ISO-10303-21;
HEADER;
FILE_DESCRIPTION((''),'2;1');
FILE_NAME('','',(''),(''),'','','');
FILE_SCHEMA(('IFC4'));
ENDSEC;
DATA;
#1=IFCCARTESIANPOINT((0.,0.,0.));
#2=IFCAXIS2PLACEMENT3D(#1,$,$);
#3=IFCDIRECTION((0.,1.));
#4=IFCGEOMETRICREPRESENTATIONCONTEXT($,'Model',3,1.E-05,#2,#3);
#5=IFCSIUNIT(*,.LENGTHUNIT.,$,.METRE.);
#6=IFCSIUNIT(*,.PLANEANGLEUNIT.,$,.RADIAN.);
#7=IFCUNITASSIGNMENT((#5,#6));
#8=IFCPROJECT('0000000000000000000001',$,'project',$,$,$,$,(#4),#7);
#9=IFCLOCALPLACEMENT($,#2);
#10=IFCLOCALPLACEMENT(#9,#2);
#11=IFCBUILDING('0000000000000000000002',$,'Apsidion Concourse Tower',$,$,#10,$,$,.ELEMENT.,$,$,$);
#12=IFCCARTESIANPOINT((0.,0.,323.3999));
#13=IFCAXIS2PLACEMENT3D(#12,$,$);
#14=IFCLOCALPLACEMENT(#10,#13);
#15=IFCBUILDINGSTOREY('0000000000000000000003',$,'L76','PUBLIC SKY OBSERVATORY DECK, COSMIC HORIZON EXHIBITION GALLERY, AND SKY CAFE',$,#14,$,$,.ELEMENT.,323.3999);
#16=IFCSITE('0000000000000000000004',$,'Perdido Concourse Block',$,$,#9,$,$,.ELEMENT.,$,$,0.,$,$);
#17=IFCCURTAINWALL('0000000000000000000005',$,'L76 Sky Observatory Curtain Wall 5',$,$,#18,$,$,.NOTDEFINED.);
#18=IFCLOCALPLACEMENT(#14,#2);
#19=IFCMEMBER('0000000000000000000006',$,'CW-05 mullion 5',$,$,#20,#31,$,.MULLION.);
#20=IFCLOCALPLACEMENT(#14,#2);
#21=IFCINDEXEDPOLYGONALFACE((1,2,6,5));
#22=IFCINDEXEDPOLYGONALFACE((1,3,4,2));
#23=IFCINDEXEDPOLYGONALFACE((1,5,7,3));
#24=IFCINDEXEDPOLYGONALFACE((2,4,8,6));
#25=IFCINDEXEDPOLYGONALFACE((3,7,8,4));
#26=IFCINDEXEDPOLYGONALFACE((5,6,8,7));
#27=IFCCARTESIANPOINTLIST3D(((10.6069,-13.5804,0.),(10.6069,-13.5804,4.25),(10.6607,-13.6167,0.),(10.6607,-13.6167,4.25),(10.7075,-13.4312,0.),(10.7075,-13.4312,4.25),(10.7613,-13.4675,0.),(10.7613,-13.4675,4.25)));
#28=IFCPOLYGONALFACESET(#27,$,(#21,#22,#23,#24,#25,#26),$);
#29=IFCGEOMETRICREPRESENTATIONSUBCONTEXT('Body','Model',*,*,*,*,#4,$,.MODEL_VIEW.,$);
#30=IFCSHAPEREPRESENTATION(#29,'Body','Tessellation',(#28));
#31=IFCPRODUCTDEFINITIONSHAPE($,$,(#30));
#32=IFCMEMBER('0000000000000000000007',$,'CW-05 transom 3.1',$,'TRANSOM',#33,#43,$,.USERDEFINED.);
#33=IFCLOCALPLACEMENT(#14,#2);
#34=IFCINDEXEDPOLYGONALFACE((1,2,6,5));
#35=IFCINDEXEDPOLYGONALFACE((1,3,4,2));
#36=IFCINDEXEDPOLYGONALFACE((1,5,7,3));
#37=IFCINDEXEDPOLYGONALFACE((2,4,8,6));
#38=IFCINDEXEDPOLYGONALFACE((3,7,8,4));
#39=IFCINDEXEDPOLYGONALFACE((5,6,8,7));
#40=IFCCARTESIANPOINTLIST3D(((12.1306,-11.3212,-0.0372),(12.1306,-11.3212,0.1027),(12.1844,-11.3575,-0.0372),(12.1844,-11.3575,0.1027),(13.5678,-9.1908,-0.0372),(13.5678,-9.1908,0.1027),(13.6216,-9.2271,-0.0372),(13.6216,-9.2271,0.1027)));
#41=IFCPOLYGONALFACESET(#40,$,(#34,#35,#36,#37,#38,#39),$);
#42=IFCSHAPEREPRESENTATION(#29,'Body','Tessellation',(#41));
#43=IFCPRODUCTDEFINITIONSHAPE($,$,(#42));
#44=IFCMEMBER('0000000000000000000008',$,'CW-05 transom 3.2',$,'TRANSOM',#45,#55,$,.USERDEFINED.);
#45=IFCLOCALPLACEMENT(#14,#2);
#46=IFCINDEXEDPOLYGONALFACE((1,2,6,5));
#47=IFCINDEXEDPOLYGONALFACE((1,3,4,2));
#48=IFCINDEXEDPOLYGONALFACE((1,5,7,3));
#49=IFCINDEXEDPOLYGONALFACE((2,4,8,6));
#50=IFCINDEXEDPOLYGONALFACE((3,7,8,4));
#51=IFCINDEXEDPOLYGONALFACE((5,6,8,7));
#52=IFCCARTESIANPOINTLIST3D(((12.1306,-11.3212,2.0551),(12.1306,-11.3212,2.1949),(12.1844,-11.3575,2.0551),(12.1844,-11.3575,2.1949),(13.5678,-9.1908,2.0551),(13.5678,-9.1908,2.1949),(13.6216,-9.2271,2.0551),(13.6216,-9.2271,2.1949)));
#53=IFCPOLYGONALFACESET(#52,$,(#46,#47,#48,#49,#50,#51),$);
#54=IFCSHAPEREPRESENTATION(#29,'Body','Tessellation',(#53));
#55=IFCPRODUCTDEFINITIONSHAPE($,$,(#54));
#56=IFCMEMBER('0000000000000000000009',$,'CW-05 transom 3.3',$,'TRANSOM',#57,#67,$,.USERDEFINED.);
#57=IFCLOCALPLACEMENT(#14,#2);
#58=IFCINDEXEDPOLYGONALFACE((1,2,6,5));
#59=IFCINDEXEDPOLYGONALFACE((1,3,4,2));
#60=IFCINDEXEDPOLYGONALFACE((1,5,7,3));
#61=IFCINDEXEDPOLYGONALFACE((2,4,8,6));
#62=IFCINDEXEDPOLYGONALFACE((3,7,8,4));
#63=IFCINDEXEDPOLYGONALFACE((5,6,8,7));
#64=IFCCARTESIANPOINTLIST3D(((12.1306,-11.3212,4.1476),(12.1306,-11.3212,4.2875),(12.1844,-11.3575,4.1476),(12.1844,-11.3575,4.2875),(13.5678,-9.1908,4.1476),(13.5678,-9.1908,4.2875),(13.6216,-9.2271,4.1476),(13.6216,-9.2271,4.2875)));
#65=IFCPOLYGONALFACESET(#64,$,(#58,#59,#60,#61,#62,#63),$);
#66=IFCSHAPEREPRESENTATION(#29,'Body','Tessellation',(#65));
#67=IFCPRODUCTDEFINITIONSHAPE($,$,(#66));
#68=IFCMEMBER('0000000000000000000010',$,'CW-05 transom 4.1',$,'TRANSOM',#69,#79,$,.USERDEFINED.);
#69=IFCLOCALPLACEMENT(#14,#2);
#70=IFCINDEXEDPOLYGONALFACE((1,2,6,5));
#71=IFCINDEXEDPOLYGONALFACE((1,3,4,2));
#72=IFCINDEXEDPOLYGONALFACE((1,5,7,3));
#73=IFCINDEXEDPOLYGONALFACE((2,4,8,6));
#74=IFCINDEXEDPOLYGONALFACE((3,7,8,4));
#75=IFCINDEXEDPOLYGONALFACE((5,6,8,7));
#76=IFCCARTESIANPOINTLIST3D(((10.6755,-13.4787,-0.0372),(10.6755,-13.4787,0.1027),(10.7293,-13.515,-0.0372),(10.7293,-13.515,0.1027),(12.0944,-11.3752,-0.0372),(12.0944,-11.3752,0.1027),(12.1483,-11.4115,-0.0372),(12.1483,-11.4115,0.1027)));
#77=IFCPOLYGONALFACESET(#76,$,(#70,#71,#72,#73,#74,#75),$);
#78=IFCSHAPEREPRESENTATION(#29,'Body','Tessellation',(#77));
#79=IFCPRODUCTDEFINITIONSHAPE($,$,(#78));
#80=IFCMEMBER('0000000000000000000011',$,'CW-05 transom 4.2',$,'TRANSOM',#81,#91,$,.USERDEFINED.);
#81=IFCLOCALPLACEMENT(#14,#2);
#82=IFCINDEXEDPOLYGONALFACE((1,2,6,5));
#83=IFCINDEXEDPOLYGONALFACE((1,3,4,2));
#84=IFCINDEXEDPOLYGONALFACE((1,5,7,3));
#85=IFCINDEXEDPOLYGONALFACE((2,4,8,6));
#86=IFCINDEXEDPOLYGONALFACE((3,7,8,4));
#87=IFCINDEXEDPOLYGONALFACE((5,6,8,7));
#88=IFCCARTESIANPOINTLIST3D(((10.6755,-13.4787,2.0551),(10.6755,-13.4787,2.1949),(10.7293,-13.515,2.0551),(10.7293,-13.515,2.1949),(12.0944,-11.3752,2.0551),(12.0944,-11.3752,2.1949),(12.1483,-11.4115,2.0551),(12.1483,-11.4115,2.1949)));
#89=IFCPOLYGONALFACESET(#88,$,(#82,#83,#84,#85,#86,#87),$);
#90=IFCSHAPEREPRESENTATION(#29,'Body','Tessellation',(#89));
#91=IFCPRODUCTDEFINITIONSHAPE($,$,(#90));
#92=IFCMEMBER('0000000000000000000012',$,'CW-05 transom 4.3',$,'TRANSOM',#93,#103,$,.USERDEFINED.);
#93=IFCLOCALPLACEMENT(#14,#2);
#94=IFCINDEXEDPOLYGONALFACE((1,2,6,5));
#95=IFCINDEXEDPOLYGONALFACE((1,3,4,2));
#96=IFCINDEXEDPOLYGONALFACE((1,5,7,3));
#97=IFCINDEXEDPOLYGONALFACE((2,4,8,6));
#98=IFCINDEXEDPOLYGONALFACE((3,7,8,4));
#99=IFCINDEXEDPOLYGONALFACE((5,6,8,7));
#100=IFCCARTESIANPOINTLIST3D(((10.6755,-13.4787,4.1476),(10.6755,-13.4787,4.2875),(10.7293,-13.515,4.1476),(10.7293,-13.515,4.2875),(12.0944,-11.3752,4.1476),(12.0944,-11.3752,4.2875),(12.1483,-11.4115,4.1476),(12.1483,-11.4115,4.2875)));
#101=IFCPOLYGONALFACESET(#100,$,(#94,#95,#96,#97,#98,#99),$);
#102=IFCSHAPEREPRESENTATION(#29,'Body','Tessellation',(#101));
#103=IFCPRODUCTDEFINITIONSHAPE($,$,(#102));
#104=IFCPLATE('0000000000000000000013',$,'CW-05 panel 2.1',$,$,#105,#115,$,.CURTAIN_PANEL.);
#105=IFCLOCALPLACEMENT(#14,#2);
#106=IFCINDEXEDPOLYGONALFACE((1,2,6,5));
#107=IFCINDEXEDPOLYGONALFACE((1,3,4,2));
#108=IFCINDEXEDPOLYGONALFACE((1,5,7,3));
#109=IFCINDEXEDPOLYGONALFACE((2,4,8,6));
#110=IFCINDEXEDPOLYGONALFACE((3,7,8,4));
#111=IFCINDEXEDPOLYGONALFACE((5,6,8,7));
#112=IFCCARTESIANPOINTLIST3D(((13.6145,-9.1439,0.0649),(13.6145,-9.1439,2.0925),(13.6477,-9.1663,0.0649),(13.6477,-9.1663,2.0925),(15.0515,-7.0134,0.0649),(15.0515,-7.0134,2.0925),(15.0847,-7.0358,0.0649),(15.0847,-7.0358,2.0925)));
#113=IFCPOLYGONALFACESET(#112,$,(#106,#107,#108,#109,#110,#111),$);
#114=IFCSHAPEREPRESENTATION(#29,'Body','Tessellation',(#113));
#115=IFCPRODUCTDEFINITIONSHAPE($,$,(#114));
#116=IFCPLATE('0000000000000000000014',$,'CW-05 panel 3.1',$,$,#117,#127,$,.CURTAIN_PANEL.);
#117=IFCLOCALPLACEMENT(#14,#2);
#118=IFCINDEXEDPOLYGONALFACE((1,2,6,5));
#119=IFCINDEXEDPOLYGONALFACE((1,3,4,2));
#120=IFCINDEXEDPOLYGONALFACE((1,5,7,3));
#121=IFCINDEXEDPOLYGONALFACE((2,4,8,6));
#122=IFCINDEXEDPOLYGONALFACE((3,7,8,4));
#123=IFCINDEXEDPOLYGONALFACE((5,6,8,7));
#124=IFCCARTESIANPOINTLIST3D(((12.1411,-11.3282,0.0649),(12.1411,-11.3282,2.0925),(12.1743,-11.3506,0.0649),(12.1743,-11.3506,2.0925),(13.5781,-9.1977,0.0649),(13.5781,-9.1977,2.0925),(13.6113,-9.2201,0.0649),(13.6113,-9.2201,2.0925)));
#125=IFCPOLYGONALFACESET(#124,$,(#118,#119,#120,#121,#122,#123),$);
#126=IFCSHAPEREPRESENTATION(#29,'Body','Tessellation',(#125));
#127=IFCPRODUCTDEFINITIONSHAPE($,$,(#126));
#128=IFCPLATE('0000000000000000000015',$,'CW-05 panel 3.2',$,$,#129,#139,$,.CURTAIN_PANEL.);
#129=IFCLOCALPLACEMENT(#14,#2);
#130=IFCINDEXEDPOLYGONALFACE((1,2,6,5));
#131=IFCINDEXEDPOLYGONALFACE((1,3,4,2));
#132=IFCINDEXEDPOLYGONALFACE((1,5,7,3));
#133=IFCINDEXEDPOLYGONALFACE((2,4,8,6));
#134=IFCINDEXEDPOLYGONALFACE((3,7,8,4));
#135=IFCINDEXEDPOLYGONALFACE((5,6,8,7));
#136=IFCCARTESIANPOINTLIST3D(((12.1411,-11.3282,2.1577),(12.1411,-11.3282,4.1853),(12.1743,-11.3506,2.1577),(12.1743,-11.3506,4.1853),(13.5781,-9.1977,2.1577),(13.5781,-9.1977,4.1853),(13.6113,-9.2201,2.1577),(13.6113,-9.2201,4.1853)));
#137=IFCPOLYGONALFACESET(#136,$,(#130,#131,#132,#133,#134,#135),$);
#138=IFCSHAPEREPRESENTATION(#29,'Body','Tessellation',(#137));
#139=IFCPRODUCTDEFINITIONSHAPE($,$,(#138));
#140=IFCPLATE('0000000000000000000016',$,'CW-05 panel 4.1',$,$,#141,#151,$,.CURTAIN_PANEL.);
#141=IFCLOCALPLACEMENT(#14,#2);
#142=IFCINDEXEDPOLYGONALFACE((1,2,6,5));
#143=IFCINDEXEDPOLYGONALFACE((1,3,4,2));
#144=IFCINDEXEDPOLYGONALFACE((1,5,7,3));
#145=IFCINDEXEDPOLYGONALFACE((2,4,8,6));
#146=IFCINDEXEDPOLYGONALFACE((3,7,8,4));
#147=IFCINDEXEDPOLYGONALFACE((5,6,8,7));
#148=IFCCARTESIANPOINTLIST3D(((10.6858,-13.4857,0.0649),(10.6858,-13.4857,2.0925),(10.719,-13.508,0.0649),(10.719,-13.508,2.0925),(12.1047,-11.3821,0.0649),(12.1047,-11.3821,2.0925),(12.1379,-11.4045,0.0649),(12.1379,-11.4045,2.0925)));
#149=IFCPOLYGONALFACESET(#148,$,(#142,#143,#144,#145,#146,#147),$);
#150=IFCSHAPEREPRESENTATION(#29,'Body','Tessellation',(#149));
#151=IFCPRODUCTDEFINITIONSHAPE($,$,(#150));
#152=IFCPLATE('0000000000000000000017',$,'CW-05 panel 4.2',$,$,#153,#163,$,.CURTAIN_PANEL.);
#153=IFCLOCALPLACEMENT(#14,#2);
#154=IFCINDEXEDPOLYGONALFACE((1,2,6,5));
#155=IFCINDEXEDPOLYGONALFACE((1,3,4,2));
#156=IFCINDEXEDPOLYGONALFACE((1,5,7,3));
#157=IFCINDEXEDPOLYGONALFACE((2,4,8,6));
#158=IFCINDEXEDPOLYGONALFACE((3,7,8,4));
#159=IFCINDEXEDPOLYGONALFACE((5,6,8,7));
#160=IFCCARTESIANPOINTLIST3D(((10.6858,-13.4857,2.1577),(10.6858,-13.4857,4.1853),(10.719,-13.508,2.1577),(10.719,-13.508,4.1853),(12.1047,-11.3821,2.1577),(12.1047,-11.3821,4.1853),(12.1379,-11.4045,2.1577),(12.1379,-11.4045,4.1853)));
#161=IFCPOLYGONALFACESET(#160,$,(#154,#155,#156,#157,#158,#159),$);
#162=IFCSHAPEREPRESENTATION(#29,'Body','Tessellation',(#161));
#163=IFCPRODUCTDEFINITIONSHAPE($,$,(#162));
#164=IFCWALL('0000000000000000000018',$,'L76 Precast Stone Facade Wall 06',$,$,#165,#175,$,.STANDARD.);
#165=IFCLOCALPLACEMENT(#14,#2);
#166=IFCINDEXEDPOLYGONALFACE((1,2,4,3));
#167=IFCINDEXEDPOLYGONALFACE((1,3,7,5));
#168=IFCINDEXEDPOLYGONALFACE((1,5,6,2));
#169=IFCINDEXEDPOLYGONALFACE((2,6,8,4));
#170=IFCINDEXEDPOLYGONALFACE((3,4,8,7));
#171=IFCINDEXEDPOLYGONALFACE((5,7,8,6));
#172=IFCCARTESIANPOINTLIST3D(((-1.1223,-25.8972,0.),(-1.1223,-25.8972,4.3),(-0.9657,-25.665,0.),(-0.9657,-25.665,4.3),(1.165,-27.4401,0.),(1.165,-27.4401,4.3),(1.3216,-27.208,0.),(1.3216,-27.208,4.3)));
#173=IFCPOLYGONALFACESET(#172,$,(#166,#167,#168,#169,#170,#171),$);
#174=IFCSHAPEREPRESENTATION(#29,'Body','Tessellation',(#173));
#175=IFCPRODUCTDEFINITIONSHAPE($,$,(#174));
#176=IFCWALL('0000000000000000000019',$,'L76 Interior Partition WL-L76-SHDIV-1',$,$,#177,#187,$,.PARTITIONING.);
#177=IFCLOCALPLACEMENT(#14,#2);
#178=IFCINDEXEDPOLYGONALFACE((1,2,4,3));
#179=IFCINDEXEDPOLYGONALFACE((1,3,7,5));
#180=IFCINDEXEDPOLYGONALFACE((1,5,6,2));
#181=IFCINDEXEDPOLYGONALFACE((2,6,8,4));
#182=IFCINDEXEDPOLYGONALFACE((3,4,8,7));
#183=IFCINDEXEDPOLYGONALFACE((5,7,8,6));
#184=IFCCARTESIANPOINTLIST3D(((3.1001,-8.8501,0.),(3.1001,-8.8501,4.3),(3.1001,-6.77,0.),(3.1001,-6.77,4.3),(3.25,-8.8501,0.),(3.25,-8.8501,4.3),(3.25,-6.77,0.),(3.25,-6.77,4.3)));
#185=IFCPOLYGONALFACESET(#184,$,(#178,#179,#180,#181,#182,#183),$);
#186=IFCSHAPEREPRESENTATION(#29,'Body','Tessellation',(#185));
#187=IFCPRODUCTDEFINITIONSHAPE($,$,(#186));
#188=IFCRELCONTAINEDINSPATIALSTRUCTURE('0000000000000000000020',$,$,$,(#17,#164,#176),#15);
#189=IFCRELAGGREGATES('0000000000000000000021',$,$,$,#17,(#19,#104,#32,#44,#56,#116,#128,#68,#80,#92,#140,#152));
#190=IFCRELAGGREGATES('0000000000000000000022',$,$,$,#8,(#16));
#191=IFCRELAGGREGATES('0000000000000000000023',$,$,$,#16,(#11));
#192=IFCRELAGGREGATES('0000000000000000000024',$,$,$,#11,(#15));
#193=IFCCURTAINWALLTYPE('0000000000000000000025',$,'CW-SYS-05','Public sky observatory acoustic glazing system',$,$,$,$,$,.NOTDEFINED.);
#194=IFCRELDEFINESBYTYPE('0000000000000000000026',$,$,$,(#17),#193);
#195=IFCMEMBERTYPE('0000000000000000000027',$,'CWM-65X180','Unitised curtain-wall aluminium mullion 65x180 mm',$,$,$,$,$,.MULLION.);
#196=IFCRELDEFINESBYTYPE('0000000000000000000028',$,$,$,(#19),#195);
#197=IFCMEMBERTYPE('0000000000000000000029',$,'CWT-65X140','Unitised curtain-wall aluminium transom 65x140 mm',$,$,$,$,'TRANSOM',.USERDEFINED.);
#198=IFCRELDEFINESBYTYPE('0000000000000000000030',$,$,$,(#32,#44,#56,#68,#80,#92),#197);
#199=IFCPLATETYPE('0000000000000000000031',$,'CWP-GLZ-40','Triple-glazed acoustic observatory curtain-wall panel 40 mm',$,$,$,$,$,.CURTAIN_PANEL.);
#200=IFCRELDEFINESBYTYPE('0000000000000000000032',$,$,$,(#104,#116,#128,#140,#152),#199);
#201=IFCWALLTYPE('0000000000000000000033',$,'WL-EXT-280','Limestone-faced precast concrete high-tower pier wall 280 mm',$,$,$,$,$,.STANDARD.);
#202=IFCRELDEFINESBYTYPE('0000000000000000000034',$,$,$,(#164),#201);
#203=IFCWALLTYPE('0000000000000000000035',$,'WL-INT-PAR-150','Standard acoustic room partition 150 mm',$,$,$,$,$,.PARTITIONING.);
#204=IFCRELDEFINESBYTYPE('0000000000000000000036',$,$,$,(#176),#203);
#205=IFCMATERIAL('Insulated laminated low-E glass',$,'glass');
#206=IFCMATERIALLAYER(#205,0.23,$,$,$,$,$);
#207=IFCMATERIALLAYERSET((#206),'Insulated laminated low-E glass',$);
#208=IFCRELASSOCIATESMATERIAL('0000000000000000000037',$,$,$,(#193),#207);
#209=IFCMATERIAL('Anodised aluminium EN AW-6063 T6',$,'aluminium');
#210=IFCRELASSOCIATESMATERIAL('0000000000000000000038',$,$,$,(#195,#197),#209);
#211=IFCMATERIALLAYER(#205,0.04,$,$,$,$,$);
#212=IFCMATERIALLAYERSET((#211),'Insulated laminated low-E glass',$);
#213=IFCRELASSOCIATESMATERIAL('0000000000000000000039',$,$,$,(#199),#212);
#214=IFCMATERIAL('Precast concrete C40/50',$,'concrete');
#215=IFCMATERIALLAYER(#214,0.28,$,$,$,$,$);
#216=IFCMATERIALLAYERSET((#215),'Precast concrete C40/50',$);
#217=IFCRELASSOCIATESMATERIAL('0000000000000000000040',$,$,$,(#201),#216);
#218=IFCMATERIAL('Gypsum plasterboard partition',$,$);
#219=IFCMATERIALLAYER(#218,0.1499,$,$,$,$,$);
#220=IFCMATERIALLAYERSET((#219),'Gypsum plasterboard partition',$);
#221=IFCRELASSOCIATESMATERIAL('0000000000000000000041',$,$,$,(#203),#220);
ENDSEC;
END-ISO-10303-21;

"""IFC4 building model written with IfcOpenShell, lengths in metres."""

from ifc_helpers import new_model, si_unit, direction, frame, frame_2d, origin, origin_2d, place, context, subcontext, project, spatial, rectangle, extrude, material, layer, layer_set, material_profile, profile_set, type_object, element, aggregate, save


model = new_model("IFC4")

# Units and contexts
model_context = context("Model", 3, precision=1e-05, world=origin(), true_north=direction((0.0, 1.0)))
body_context = subcontext(model_context, "Body", "Model", "MODEL_VIEW")
ifc_project = project(units=[si_unit("LENGTHUNIT", "METRE"), si_unit("PLANEANGLEUNIT", "RADIAN")], contexts=[model_context])

# Site, building, storey
site_placement = place(None, origin())
site = spatial("IfcSite", under=ifc_project, at=site_placement, Name="Perdido Concourse Block", CompositionType="ELEMENT", RefElevation=0.0)
building_placement = place(site_placement, origin())
building = spatial("IfcBuilding", under=site, at=building_placement, Name="Apsidion Concourse Tower", CompositionType="ELEMENT")
storey_placement = place(building_placement, frame((0.0, 0.0, 323.3999)))
storey = spatial("IfcBuildingStorey", under=building, at=storey_placement, Name="L76", Description="PUBLIC SKY OBSERVATORY DECK, COSMIC HORIZON EXHIBITION GALLERY, AND SKY CAFE", CompositionType="ELEMENT", Elevation=323.3999)

# Curtain wall, members, plates
ifc_material_1 = material(Name="Insulated laminated low-E glass", Category="glass")
ifc_layer_1 = layer(ifc_material_1, 0.23)
ifc_layer_set_1 = layer_set([ifc_layer_1], Name="Insulated laminated low-E glass")
curtain_wall_type = type_object("IfcCurtainWallType", Name="CW-SYS-05", Description="Public sky observatory acoustic glazing system", PredefinedType="NOTDEFINED", material=ifc_layer_set_1)
curtain_wall_placement = place(storey_placement, origin())
curtain_wall = element("IfcCurtainWall", 1, at=curtain_wall_placement, inside=storey, type_object=curtain_wall_type, Name="L76 Sky Observatory Curtain Wall 5", PredefinedType="NOTDEFINED")
ifc_material_2 = material(Name="Anodised aluminium EN AW-6063 T6", Category="aluminium")
ifc_material_profile_1 = material_profile(ifc_material_2, rectangle(XDim=0.0649, YDim=0.1799, at=origin_2d()), Name="ALU MULLION 65x180")
ifc_profile_set_1 = profile_set([ifc_material_profile_1], Name="Anodised aluminium EN AW-6063 T6")
member_type_1 = type_object("IfcMemberType", Name="CWM-65X180", Description="Unitised curtain-wall aluminium mullion 65x180 mm", PredefinedType="MULLION", material=ifc_profile_set_1)
member_1_placement = place(storey_placement, frame((10.6841, -13.5239, 0.0), z_axis=(0.0, 0.0, 1.0), x_axis=(0.829037, -0.559194, 0.0)))
member_1 = element("IfcMember", 2, at=member_1_placement, type_object=member_type_1, Name="CW-05 mullion 5", PredefinedType="MULLION", context=body_context, shape_type="SweptSolid", body=[
    extrude(rectangle(XDim=0.0649, YDim=0.1799, at=origin_2d()), origin(), (0.0, 0.0, 1.0), 4.25),
])
ifc_material_profile_2 = material_profile(ifc_material_2, rectangle(XDim=0.0649, YDim=0.1399, at=origin_2d()), Name="ALU TRANSOM 65x140")
ifc_profile_set_2 = profile_set([ifc_material_profile_2], Name="Anodised aluminium EN AW-6063 T6")
member_type_2 = type_object("IfcMemberType", Name="CWT-65X140", Description="Unitised curtain-wall aluminium transom 65x140 mm", ElementType="TRANSOM", PredefinedType="USERDEFINED", material=ifc_profile_set_2)
member_2_placement = place(storey_placement, frame((13.5947, -9.209, 0.0327), z_axis=(-0.559274, -0.828983, 0.0), x_axis=(0.828983, -0.559274, 0.0)))
member_2 = element("IfcMember", 3, at=member_2_placement, type_object=member_type_2, Name="CW-05 transom 3.1", ObjectType="TRANSOM", PredefinedType="USERDEFINED", context=body_context, shape_type="SweptSolid", body=[
    extrude(rectangle(XDim=0.0649, YDim=0.1399, at=origin_2d()), origin(), (0.0, 0.0, 1.0), 2.5698),
])
member_3_placement = place(storey_placement, frame((13.5947, -9.209, 2.125), z_axis=(-0.559274, -0.828983, 0.0), x_axis=(0.828983, -0.559274, 0.0)))
member_3 = element("IfcMember", 4, at=member_3_placement, type_object=member_type_2, Name="CW-05 transom 3.2", ObjectType="TRANSOM", PredefinedType="USERDEFINED", context=body_context, shape_type="SweptSolid", body=[
    extrude(rectangle(XDim=0.0649, YDim=0.1399, at=origin_2d()), origin(), (0.0, 0.0, 1.0), 2.5698),
])
member_4_placement = place(storey_placement, frame((13.5947, -9.209, 4.2175), z_axis=(-0.559274, -0.828983, 0.0), x_axis=(0.828983, -0.559274, 0.0)))
member_4 = element("IfcMember", 5, at=member_4_placement, type_object=member_type_2, Name="CW-05 transom 3.3", ObjectType="TRANSOM", PredefinedType="USERDEFINED", context=body_context, shape_type="SweptSolid", body=[
    extrude(rectangle(XDim=0.0649, YDim=0.1399, at=origin_2d()), origin(), (0.0, 0.0, 1.0), 2.5698),
])
member_5_placement = place(storey_placement, frame((12.1213, -11.3933, 0.0327), z_axis=(-0.559222, -0.829018, 0.0), x_axis=(0.829018, -0.559222, 0.0)))
member_5 = element("IfcMember", 6, at=member_5_placement, type_object=member_type_2, Name="CW-05 transom 4.1", ObjectType="TRANSOM", PredefinedType="USERDEFINED", context=body_context, shape_type="SweptSolid", body=[
    extrude(rectangle(XDim=0.0649, YDim=0.1399, at=origin_2d()), origin(), (0.0, 0.0, 1.0), 2.5374),
])
member_6_placement = place(storey_placement, frame((12.1213, -11.3933, 2.125), z_axis=(-0.559222, -0.829018, 0.0), x_axis=(0.829018, -0.559222, 0.0)))
member_6 = element("IfcMember", 7, at=member_6_placement, type_object=member_type_2, Name="CW-05 transom 4.2", ObjectType="TRANSOM", PredefinedType="USERDEFINED", context=body_context, shape_type="SweptSolid", body=[
    extrude(rectangle(XDim=0.0649, YDim=0.1399, at=origin_2d()), origin(), (0.0, 0.0, 1.0), 2.5374),
])
member_7_placement = place(storey_placement, frame((12.1213, -11.3933, 4.2175), z_axis=(-0.559222, -0.829018, 0.0), x_axis=(0.829018, -0.559222, 0.0)))
member_7 = element("IfcMember", 8, at=member_7_placement, type_object=member_type_2, Name="CW-05 transom 4.3", ObjectType="TRANSOM", PredefinedType="USERDEFINED", context=body_context, shape_type="SweptSolid", body=[
    extrude(rectangle(XDim=0.0649, YDim=0.1399, at=origin_2d()), origin(), (0.0, 0.0, 1.0), 2.5374),
])
ifc_layer_2 = layer(ifc_material_1, 0.04)
ifc_layer_set_2 = layer_set([ifc_layer_2], Name="Insulated laminated low-E glass")
plate_type = type_object("IfcPlateType", Name="CWP-GLZ-40", Description="Triple-glazed acoustic observatory curtain-wall panel 40 mm", PredefinedType="CURTAIN_PANEL", material=ifc_layer_set_2)
plate_1_placement = place(storey_placement, frame((14.3496, -8.0898, 0.0649), z_axis=(0.0, 0.0, 1.0), x_axis=(-0.559194, -0.829037, 0.0)))
plate_1 = element("IfcPlate", 9, at=plate_1_placement, type_object=plate_type, Name="CW-05 panel 2.1", PredefinedType="CURTAIN_PANEL", context=body_context, shape_type="SweptSolid", body=[
    extrude(rectangle(XDim=2.5698, YDim=0.04, at=origin_2d()), origin(), (0.0, 0.0, 1.0), 2.0276),
])
plate_2_placement = place(storey_placement, frame((12.8762, -10.2742, 0.0649), z_axis=(0.0, 0.0, 1.0), x_axis=(-0.559194, -0.829037, 0.0)))
plate_2 = element("IfcPlate", 10, at=plate_2_placement, type_object=plate_type, Name="CW-05 panel 3.1", PredefinedType="CURTAIN_PANEL", context=body_context, shape_type="SweptSolid", body=[
    extrude(rectangle(XDim=2.5698, YDim=0.04, at=origin_2d()), origin(), (0.0, 0.0, 1.0), 2.0276),
])
plate_3_placement = place(storey_placement, frame((12.8762, -10.2742, 2.1577), z_axis=(0.0, 0.0, 1.0), x_axis=(-0.559194, -0.829037, 0.0)))
plate_3 = element("IfcPlate", 11, at=plate_3_placement, type_object=plate_type, Name="CW-05 panel 3.2", PredefinedType="CURTAIN_PANEL", context=body_context, shape_type="SweptSolid", body=[
    extrude(rectangle(XDim=2.5698, YDim=0.04, at=origin_2d()), origin(), (0.0, 0.0, 1.0), 2.0276),
])
plate_4_placement = place(storey_placement, frame((11.4119, -12.4451, 0.0649), z_axis=(0.0, 0.0, 1.0), x_axis=(-0.559194, -0.829037, 0.0)))
plate_4 = element("IfcPlate", 12, at=plate_4_placement, type_object=plate_type, Name="CW-05 panel 4.1", PredefinedType="CURTAIN_PANEL", context=body_context, shape_type="SweptSolid", body=[
    extrude(rectangle(XDim=2.5374, YDim=0.04, at=origin_2d()), origin(), (0.0, 0.0, 1.0), 2.0276),
])
plate_5_placement = place(storey_placement, frame((11.4119, -12.4451, 2.1577), z_axis=(0.0, 0.0, 1.0), x_axis=(-0.559194, -0.829037, 0.0)))
plate_5 = element("IfcPlate", 13, at=plate_5_placement, type_object=plate_type, Name="CW-05 panel 4.2", PredefinedType="CURTAIN_PANEL", context=body_context, shape_type="SweptSolid", body=[
    extrude(rectangle(XDim=2.5374, YDim=0.04, at=origin_2d()), origin(), (0.0, 0.0, 1.0), 2.0276),
])
aggregate(curtain_wall, [member_1, plate_1, member_2, member_3, member_4, plate_2, plate_3, member_5, member_6, member_7, plate_4, plate_5])

# Walls
ifc_material_3 = material(Name="Precast concrete C40/50", Category="concrete")
ifc_layer_3 = layer(ifc_material_3, 0.28)
ifc_layer_set_3 = layer_set([ifc_layer_3], Name="Precast concrete C40/50")
wall_type_1 = type_object("IfcWallType", Name="WL-EXT-280", Description="Limestone-faced precast concrete high-tower pier wall 280 mm", PredefinedType="STANDARD", material=ifc_layer_set_3)
wall_1_placement = place(storey_placement, frame((1.2432, -27.324, 0.0), z_axis=(0.0, 0.0, 1.0), x_axis=(-0.829016, 0.559225, 0.0)))
element("IfcWall", 14, at=wall_1_placement, inside=storey, type_object=wall_type_1, Name="L76 Precast Stone Facade Wall 06", PredefinedType="STANDARD", context=body_context, shape_type="SweptSolid", body=[
    extrude(rectangle(XDim=2.759, YDim=0.28, at=frame_2d((1.3794, 0.0))), origin(), (0.0, 0.0, 1.0), 4.3),
])
ifc_material_4 = material(Name="Gypsum plasterboard partition")
ifc_layer_4 = layer(ifc_material_4, 0.1499)
ifc_layer_set_4 = layer_set([ifc_layer_4], Name="Gypsum plasterboard partition")
wall_type_2 = type_object("IfcWallType", Name="WL-INT-PAR-150", Description="Standard acoustic room partition 150 mm", PredefinedType="PARTITIONING", material=ifc_layer_set_4)
wall_2_placement = place(storey_placement, frame((3.175, -8.8501, 0.0), z_axis=(0.0, 0.0, 1.0), x_axis=(0.0, 1.0, 0.0)))
element("IfcWall", 15, at=wall_2_placement, inside=storey, type_object=wall_type_2, Name="L76 Interior Partition WL-L76-SHDIV-1", PredefinedType="PARTITIONING", context=body_context, shape_type="SweptSolid", body=[
    extrude(rectangle(XDim=2.0801, YDim=0.1499, at=frame_2d((1.04, 0.0))), origin(), (0.0, 0.0, 1.0), 4.3),
])

save(model, "model.ifc")
